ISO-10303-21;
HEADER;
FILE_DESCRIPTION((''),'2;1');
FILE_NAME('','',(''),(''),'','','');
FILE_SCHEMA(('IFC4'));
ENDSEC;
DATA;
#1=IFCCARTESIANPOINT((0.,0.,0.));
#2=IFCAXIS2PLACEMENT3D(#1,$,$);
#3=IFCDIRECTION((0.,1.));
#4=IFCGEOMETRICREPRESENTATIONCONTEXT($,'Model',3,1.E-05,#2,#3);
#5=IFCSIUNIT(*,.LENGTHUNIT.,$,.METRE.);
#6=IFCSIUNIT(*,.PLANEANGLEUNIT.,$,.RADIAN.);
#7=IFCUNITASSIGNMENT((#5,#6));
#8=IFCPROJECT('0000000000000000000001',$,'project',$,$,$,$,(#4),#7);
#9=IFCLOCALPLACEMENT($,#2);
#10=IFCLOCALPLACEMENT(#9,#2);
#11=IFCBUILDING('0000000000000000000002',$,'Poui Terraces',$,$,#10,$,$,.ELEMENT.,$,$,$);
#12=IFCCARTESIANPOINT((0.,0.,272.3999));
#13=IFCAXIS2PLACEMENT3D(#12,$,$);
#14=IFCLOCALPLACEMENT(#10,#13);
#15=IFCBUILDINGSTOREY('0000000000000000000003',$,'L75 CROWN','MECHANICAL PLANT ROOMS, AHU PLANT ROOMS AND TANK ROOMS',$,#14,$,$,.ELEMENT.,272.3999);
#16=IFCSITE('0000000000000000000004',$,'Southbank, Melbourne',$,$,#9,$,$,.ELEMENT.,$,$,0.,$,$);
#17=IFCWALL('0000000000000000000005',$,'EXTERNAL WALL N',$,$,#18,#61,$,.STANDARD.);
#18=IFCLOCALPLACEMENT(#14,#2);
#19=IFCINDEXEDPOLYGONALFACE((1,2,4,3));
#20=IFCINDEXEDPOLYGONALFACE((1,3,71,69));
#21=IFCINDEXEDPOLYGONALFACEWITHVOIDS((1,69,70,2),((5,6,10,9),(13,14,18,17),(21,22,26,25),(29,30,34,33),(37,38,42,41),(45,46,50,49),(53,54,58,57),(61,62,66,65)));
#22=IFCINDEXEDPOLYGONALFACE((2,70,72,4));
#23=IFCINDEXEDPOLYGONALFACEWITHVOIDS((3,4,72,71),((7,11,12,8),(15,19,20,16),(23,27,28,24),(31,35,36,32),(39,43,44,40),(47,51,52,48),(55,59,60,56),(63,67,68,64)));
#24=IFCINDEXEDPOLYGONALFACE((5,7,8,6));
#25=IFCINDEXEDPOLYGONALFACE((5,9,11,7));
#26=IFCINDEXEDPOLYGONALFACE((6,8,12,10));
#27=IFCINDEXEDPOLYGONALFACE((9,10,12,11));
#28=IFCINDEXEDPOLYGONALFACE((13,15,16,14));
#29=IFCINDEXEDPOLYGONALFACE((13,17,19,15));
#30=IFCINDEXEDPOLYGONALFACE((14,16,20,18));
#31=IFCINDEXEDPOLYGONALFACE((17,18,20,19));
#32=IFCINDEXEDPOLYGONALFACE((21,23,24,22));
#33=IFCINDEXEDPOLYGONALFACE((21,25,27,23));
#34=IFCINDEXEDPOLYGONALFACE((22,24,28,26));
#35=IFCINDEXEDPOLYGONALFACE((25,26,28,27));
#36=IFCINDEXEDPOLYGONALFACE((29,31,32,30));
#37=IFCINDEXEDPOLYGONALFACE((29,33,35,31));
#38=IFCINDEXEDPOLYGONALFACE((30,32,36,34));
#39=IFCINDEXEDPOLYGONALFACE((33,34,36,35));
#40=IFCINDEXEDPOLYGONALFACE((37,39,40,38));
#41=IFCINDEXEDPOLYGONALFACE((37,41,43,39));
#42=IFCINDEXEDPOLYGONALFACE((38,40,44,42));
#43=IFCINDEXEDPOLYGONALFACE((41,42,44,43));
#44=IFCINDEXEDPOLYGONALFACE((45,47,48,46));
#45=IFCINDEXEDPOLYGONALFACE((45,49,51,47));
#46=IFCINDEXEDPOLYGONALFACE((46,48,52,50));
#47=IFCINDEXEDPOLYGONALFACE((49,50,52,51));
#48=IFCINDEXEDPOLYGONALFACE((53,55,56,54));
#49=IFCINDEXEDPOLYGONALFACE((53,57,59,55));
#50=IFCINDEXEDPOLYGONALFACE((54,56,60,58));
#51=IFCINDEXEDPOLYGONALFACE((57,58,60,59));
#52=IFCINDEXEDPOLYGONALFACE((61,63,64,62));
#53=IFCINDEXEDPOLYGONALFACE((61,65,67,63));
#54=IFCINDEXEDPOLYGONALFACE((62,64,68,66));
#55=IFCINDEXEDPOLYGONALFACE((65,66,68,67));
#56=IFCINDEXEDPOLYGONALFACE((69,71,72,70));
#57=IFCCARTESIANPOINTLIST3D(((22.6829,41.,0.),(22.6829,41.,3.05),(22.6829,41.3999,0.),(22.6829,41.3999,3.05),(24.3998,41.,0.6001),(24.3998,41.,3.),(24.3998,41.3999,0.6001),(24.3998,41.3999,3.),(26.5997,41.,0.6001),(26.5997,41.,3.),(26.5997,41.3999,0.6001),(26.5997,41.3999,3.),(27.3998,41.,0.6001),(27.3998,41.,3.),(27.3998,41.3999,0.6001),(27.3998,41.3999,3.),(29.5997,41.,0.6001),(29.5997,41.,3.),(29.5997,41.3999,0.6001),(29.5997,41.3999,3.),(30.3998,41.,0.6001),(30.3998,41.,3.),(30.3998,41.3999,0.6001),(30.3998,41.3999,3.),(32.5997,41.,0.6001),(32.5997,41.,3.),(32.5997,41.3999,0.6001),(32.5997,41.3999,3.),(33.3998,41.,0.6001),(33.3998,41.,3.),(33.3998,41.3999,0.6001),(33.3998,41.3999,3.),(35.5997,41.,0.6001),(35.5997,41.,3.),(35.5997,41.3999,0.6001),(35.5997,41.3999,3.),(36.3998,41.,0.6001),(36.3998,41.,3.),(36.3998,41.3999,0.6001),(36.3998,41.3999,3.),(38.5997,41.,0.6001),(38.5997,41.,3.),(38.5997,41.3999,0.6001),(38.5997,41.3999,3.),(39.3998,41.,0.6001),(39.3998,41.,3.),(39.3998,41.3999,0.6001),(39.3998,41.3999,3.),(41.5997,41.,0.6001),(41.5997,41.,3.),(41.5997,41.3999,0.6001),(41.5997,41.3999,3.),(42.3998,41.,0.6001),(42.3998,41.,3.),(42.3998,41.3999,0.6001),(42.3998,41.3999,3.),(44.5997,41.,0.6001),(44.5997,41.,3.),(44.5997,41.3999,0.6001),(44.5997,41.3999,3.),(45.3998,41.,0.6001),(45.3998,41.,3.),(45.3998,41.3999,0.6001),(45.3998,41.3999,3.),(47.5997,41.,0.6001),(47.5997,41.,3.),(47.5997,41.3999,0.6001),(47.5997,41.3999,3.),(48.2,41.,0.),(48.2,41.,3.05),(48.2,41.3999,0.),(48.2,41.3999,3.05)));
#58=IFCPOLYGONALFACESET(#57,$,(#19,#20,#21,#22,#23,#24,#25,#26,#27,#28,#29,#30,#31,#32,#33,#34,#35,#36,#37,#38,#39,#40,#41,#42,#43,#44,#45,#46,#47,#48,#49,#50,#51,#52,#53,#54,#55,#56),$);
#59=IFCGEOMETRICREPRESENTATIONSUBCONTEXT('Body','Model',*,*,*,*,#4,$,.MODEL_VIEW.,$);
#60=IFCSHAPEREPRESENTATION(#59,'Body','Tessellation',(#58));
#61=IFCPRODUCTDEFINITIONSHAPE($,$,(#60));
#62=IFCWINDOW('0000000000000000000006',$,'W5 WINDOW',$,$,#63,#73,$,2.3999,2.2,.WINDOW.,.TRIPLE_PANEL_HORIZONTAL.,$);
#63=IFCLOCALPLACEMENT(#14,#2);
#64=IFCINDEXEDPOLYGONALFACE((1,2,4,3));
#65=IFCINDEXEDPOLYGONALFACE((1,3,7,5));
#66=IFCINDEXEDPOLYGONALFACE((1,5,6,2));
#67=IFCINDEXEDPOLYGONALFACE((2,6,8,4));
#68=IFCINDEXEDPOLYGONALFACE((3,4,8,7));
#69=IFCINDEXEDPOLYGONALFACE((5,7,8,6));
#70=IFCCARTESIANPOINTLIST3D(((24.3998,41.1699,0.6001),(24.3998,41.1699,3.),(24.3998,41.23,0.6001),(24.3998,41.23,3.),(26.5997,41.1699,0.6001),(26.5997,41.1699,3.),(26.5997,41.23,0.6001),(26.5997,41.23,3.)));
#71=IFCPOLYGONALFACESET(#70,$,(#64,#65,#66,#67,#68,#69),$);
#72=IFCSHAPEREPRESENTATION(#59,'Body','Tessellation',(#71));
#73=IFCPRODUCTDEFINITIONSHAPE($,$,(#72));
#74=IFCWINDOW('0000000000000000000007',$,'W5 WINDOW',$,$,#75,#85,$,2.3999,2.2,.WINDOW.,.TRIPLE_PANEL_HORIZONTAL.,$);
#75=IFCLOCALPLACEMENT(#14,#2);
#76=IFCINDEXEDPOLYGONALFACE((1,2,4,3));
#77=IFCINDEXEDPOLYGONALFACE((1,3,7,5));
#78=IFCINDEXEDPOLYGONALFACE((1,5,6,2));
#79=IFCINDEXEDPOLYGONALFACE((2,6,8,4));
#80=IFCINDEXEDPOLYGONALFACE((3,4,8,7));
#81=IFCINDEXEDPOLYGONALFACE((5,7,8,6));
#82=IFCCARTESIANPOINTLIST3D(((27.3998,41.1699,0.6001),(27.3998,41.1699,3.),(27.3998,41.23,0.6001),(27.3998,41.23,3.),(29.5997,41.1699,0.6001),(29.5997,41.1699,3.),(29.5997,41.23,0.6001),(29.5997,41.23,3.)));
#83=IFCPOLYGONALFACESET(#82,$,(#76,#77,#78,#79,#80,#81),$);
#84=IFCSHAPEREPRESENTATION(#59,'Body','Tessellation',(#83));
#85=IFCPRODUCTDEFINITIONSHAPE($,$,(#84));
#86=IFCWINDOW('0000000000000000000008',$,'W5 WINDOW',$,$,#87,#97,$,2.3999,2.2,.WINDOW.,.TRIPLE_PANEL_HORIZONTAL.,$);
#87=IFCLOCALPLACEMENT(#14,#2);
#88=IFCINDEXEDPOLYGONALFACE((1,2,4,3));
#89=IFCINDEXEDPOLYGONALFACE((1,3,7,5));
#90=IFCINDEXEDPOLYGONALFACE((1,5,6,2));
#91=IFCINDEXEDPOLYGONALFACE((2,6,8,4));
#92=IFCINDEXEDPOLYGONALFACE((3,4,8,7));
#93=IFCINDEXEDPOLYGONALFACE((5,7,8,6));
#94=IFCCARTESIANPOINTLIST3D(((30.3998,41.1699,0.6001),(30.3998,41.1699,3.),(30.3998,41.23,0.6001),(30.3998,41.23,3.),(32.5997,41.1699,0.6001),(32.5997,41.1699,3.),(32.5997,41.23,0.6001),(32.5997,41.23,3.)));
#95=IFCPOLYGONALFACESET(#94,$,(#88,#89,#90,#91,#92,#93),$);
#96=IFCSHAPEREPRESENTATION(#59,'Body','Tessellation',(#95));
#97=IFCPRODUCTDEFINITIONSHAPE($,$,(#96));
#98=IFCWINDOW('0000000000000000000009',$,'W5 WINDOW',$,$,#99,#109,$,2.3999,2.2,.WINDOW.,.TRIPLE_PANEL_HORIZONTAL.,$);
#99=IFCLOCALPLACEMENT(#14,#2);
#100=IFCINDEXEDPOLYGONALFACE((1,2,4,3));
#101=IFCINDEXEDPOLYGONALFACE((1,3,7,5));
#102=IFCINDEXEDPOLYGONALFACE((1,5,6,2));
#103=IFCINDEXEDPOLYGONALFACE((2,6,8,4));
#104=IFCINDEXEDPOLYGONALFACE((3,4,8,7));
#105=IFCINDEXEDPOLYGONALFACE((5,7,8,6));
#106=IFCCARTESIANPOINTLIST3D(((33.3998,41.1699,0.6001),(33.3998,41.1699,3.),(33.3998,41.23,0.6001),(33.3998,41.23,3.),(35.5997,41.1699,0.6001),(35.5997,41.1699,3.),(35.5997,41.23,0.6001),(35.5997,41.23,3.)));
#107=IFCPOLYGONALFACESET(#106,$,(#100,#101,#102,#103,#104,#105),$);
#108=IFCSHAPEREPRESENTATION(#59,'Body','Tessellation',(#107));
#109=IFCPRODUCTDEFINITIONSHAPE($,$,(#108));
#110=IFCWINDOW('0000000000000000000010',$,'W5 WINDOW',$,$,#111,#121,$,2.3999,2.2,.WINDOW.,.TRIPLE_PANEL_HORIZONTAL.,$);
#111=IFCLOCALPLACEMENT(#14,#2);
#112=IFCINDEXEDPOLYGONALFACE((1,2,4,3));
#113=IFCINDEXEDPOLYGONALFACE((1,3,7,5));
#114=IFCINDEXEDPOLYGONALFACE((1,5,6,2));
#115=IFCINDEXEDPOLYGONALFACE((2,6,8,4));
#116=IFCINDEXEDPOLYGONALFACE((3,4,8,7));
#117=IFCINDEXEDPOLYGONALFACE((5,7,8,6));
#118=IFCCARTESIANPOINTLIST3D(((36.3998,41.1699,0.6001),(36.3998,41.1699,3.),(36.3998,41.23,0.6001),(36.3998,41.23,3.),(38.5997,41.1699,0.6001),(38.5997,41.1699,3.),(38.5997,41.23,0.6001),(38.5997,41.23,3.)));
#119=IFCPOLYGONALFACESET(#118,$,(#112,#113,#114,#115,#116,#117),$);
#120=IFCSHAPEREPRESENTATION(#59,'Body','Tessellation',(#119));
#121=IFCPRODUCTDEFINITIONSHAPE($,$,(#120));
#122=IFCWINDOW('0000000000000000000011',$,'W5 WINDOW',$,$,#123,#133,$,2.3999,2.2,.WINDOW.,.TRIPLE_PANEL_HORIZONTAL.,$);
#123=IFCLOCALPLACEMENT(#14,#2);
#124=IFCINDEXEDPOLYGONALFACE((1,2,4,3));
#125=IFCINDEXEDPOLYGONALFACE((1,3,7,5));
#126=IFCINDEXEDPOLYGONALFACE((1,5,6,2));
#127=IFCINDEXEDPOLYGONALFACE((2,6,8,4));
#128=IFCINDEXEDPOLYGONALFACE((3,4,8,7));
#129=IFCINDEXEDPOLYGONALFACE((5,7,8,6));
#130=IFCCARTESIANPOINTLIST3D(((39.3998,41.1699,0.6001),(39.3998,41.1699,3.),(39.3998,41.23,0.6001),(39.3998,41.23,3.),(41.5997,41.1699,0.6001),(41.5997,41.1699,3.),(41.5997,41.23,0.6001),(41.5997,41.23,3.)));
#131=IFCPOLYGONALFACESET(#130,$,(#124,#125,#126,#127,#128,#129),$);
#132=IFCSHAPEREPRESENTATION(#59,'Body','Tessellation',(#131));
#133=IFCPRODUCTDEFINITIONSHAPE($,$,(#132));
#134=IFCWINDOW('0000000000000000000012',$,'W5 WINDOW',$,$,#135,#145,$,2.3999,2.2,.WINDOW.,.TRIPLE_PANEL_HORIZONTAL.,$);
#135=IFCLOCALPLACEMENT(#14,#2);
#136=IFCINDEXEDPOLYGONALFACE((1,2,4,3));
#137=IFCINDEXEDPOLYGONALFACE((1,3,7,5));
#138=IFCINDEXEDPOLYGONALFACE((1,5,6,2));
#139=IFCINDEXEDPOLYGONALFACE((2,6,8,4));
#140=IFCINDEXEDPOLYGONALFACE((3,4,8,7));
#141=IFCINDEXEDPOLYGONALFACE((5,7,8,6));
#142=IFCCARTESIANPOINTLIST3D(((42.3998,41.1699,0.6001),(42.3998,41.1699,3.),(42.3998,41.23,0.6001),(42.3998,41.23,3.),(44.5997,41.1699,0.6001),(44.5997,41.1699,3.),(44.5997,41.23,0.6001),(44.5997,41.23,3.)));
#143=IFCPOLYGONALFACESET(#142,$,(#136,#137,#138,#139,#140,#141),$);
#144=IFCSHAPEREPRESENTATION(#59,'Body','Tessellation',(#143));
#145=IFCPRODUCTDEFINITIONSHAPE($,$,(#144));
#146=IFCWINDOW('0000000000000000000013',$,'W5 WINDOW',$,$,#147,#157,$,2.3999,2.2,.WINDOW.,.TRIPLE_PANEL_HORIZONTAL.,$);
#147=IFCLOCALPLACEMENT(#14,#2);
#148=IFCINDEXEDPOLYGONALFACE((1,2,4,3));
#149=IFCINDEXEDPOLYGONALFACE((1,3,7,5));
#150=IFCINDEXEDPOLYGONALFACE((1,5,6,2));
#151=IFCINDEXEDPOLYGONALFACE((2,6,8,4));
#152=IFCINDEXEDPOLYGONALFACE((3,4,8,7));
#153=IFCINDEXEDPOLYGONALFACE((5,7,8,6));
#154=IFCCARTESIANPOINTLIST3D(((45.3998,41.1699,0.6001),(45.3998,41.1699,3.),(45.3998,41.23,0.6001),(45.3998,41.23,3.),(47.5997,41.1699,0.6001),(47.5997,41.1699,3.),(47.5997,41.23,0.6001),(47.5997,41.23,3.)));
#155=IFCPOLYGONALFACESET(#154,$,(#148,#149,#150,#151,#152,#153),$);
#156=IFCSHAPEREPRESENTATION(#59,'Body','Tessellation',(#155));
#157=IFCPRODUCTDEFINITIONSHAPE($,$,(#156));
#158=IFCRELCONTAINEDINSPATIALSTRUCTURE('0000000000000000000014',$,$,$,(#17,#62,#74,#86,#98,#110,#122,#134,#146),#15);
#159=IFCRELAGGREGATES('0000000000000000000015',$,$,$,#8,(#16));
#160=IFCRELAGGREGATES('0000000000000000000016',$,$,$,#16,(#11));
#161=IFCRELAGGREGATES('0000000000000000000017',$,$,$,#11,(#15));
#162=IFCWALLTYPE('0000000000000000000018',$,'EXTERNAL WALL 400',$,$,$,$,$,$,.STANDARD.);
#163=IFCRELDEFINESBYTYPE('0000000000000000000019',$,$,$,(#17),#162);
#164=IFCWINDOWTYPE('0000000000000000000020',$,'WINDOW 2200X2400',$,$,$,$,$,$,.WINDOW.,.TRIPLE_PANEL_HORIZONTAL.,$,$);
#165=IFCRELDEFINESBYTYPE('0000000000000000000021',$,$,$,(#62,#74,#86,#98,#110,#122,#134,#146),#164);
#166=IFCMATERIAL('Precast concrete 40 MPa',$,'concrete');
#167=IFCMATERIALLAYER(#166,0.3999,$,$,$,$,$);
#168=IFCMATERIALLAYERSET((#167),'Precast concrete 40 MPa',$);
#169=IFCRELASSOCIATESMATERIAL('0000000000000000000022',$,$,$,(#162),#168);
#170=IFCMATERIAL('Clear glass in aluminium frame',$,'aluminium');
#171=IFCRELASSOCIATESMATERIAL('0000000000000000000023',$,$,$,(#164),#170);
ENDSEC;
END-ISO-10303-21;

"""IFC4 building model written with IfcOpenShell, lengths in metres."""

from ifc_helpers import new_model, si_unit, direction, frame, frame_2d, origin, place, context, subcontext, project, spatial, rectangle, extrude, material, layer, layer_set, type_object, element, fill, save


model = new_model("IFC4")

# Units and contexts
model_context = context("Model", 3, precision=1e-05, world=origin(), true_north=direction((0.0, 1.0)))
body_context = subcontext(model_context, "Body", "Model", "MODEL_VIEW")
ifc_project = project(units=[si_unit("LENGTHUNIT", "METRE"), si_unit("PLANEANGLEUNIT", "RADIAN")], contexts=[model_context])

# Site, building, storey
site_placement = place(None, origin())
site = spatial("IfcSite", under=ifc_project, at=site_placement, Name="Southbank, Melbourne", CompositionType="ELEMENT", RefElevation=0.0)
building_placement = place(site_placement, origin())
building = spatial("IfcBuilding", under=site, at=building_placement, Name="Poui Terraces", CompositionType="ELEMENT")
storey_placement = place(building_placement, frame((0.0, 0.0, 272.3999)))
storey = spatial("IfcBuildingStorey", under=building, at=storey_placement, Name="L75 CROWN", Description="MECHANICAL PLANT ROOMS, AHU PLANT ROOMS AND TANK ROOMS", CompositionType="ELEMENT", Elevation=272.3999)

# Wall, openings, windows
ifc_material_1 = material(Name="Precast concrete 40 MPa", Category="concrete")
ifc_layer_1 = layer(ifc_material_1, 0.3999)
ifc_layer_set_1 = layer_set([ifc_layer_1], Name="Precast concrete 40 MPa")
wall_type_1 = type_object("IfcWallType", Name="EXTERNAL WALL 400", PredefinedType="STANDARD", material=ifc_layer_set_1)
wall_1_placement = place(storey_placement, frame((48.2, 41.2, 0.0), z_axis=(0.0, 0.0, 1.0), x_axis=(-1.0, 0.0, 0.0)))
wall_1 = element("IfcWall", 1, at=wall_1_placement, inside=storey, type_object=wall_type_1, Name="EXTERNAL WALL N", PredefinedType="STANDARD", context=body_context, shape_type="SweptSolid", body=[
    extrude(rectangle(XDim=25.5171, YDim=0.3999, at=frame_2d((12.7585, 0.0))), origin(), (0.0, 0.0, 1.0), 3.05),
])
opening_1_placement = place(wall_1_placement, frame((21.6001, 0.0, 0.6001)))
opening_1 = element("IfcOpeningElement", 2, at=opening_1_placement, cuts=wall_1, PredefinedType="OPENING", context=body_context, shape_type="SweptSolid", body=[
    extrude(rectangle(XDim=2.2, YDim=2.3999, at=frame_2d((1.1001, 1.2))), frame((0.0, 0.21, 0.0), z_axis=(0.0, -1.0, 0.0), x_axis=(1.0, 0.0, 0.0)), (0.0, 0.0, 1.0), 0.4199),
])
opening_2_placement = place(wall_1_placement, frame((18.6001, 0.0, 0.6001)))
opening_2 = element("IfcOpeningElement", 3, at=opening_2_placement, cuts=wall_1, PredefinedType="OPENING", context=body_context, shape_type="SweptSolid", body=[
    extrude(rectangle(XDim=2.2, YDim=2.3999, at=frame_2d((1.1001, 1.2))), frame((0.0, 0.21, 0.0), z_axis=(0.0, -1.0, 0.0), x_axis=(1.0, 0.0, 0.0)), (0.0, 0.0, 1.0), 0.4199),
])
opening_3_placement = place(wall_1_placement, frame((15.6001, 0.0, 0.6001)))
opening_3 = element("IfcOpeningElement", 4, at=opening_3_placement, cuts=wall_1, PredefinedType="OPENING", context=body_context, shape_type="SweptSolid", body=[
    extrude(rectangle(XDim=2.2, YDim=2.3999, at=frame_2d((1.1001, 1.2))), frame((0.0, 0.21, 0.0), z_axis=(0.0, -1.0, 0.0), x_axis=(1.0, 0.0, 0.0)), (0.0, 0.0, 1.0), 0.4199),
])
opening_4_placement = place(wall_1_placement, frame((12.6001, 0.0, 0.6001)))
opening_4 = element("IfcOpeningElement", 5, at=opening_4_placement, cuts=wall_1, PredefinedType="OPENING", context=body_context, shape_type="SweptSolid", body=[
    extrude(rectangle(XDim=2.2, YDim=2.3999, at=frame_2d((1.1001, 1.2))), frame((0.0, 0.21, 0.0), z_axis=(0.0, -1.0, 0.0), x_axis=(1.0, 0.0, 0.0)), (0.0, 0.0, 1.0), 0.4199),
])
opening_5_placement = place(wall_1_placement, frame((9.6001, 0.0, 0.6001)))
opening_5 = element("IfcOpeningElement", 6, at=opening_5_placement, cuts=wall_1, PredefinedType="OPENING", context=body_context, shape_type="SweptSolid", body=[
    extrude(rectangle(XDim=2.2, YDim=2.3999, at=frame_2d((1.1001, 1.2))), frame((0.0, 0.21, 0.0), z_axis=(0.0, -1.0, 0.0), x_axis=(1.0, 0.0, 0.0)), (0.0, 0.0, 1.0), 0.4199),
])
opening_6_placement = place(wall_1_placement, frame((6.6001, 0.0, 0.6001)))
opening_6 = element("IfcOpeningElement", 7, at=opening_6_placement, cuts=wall_1, PredefinedType="OPENING", context=body_context, shape_type="SweptSolid", body=[
    extrude(rectangle(XDim=2.2, YDim=2.3999, at=frame_2d((1.1001, 1.2))), frame((0.0, 0.21, 0.0), z_axis=(0.0, -1.0, 0.0), x_axis=(1.0, 0.0, 0.0)), (0.0, 0.0, 1.0), 0.4199),
])
opening_7_placement = place(wall_1_placement, frame((3.6001, 0.0, 0.6001)))
opening_7 = element("IfcOpeningElement", 8, at=opening_7_placement, cuts=wall_1, PredefinedType="OPENING", context=body_context, shape_type="SweptSolid", body=[
    extrude(rectangle(XDim=2.2, YDim=2.3999, at=frame_2d((1.1001, 1.2))), frame((0.0, 0.21, 0.0), z_axis=(0.0, -1.0, 0.0), x_axis=(1.0, 0.0, 0.0)), (0.0, 0.0, 1.0), 0.4199),
])
opening_8_placement = place(wall_1_placement, frame((0.6001, 0.0, 0.6001)))
opening_8 = element("IfcOpeningElement", 9, at=opening_8_placement, cuts=wall_1, PredefinedType="OPENING", context=body_context, shape_type="SweptSolid", body=[
    extrude(rectangle(XDim=2.2, YDim=2.3999, at=frame_2d((1.1001, 1.2))), frame((0.0, 0.21, 0.0), z_axis=(0.0, -1.0, 0.0), x_axis=(1.0, 0.0, 0.0)), (0.0, 0.0, 1.0), 0.4199),
])
ifc_material_2 = material(Name="Clear glass in aluminium frame", Category="aluminium")
window_type = type_object("IfcWindowType", Name="WINDOW 2200X2400", PartitioningType="TRIPLE_PANEL_HORIZONTAL", PredefinedType="WINDOW", material=ifc_material_2)
window_1_placement = place(opening_1_placement, origin())
window_1 = element("IfcWindow", 10, at=window_1_placement, inside=storey, type_object=window_type, Name="W5 WINDOW", OverallHeight=2.3999, OverallWidth=2.2, PartitioningType="TRIPLE_PANEL_HORIZONTAL", PredefinedType="WINDOW", context=body_context, shape_type="SweptSolid", body=[
    extrude(rectangle(XDim=2.2, YDim=2.3999, at=frame_2d((1.1001, 1.2))), frame((0.0, 0.03, 0.0), z_axis=(0.0, -1.0, 0.0), x_axis=(1.0, 0.0, 0.0)), (0.0, 0.0, 1.0), 0.0601),
])
fill(opening_1, window_1)
window_2_placement = place(opening_2_placement, origin())
window_2 = element("IfcWindow", 11, at=window_2_placement, inside=storey, type_object=window_type, Name="W5 WINDOW", OverallHeight=2.3999, OverallWidth=2.2, PartitioningType="TRIPLE_PANEL_HORIZONTAL", PredefinedType="WINDOW", context=body_context, shape_type="SweptSolid", body=[
    extrude(rectangle(XDim=2.2, YDim=2.3999, at=frame_2d((1.1001, 1.2))), frame((0.0, 0.03, 0.0), z_axis=(0.0, -1.0, 0.0), x_axis=(1.0, 0.0, 0.0)), (0.0, 0.0, 1.0), 0.0601),
])
fill(opening_2, window_2)
window_3_placement = place(opening_3_placement, origin())
window_3 = element("IfcWindow", 12, at=window_3_placement, inside=storey, type_object=window_type, Name="W5 WINDOW", OverallHeight=2.3999, OverallWidth=2.2, PartitioningType="TRIPLE_PANEL_HORIZONTAL", PredefinedType="WINDOW", context=body_context, shape_type="SweptSolid", body=[
    extrude(rectangle(XDim=2.2, YDim=2.3999, at=frame_2d((1.1001, 1.2))), frame((0.0, 0.03, 0.0), z_axis=(0.0, -1.0, 0.0), x_axis=(1.0, 0.0, 0.0)), (0.0, 0.0, 1.0), 0.0601),
])
fill(opening_3, window_3)
window_4_placement = place(opening_4_placement, origin())
window_4 = element("IfcWindow", 13, at=window_4_placement, inside=storey, type_object=window_type, Name="W5 WINDOW", OverallHeight=2.3999, OverallWidth=2.2, PartitioningType="TRIPLE_PANEL_HORIZONTAL", PredefinedType="WINDOW", context=body_context, shape_type="SweptSolid", body=[
    extrude(rectangle(XDim=2.2, YDim=2.3999, at=frame_2d((1.1001, 1.2))), frame((0.0, 0.03, 0.0), z_axis=(0.0, -1.0, 0.0), x_axis=(1.0, 0.0, 0.0)), (0.0, 0.0, 1.0), 0.0601),
])
fill(opening_4, window_4)
window_5_placement = place(opening_5_placement, origin())
window_5 = element("IfcWindow", 14, at=window_5_placement, inside=storey, type_object=window_type, Name="W5 WINDOW", OverallHeight=2.3999, OverallWidth=2.2, PartitioningType="TRIPLE_PANEL_HORIZONTAL", PredefinedType="WINDOW", context=body_context, shape_type="SweptSolid", body=[
    extrude(rectangle(XDim=2.2, YDim=2.3999, at=frame_2d((1.1001, 1.2))), frame((0.0, 0.03, 0.0), z_axis=(0.0, -1.0, 0.0), x_axis=(1.0, 0.0, 0.0)), (0.0, 0.0, 1.0), 0.0601),
])
fill(opening_5, window_5)
window_6_placement = place(opening_6_placement, origin())
window_6 = element("IfcWindow", 15, at=window_6_placement, inside=storey, type_object=window_type, Name="W5 WINDOW", OverallHeight=2.3999, OverallWidth=2.2, PartitioningType="TRIPLE_PANEL_HORIZONTAL", PredefinedType="WINDOW", context=body_context, shape_type="SweptSolid", body=[
    extrude(rectangle(XDim=2.2, YDim=2.3999, at=frame_2d((1.1001, 1.2))), frame((0.0, 0.03, 0.0), z_axis=(0.0, -1.0, 0.0), x_axis=(1.0, 0.0, 0.0)), (0.0, 0.0, 1.0), 0.0601),
])
fill(opening_6, window_6)
window_7_placement = place(opening_7_placement, origin())
window_7 = element("IfcWindow", 16, at=window_7_placement, inside=storey, type_object=window_type, Name="W5 WINDOW", OverallHeight=2.3999, OverallWidth=2.2, PartitioningType="TRIPLE_PANEL_HORIZONTAL", PredefinedType="WINDOW", context=body_context, shape_type="SweptSolid", body=[
    extrude(rectangle(XDim=2.2, YDim=2.3999, at=frame_2d((1.1001, 1.2))), frame((0.0, 0.03, 0.0), z_axis=(0.0, -1.0, 0.0), x_axis=(1.0, 0.0, 0.0)), (0.0, 0.0, 1.0), 0.0601),
])
fill(opening_7, window_7)
window_8_placement = place(opening_8_placement, origin())
window_8 = element("IfcWindow", 17, at=window_8_placement, inside=storey, type_object=window_type, Name="W5 WINDOW", OverallHeight=2.3999, OverallWidth=2.2, PartitioningType="TRIPLE_PANEL_HORIZONTAL", PredefinedType="WINDOW", context=body_context, shape_type="SweptSolid", body=[
    extrude(rectangle(XDim=2.2, YDim=2.3999, at=frame_2d((1.1001, 1.2))), frame((0.0, 0.03, 0.0), z_axis=(0.0, -1.0, 0.0), x_axis=(1.0, 0.0, 0.0)), (0.0, 0.0, 1.0), 0.0601),
])
fill(opening_8, window_8)

save(model, "model.ifc")
